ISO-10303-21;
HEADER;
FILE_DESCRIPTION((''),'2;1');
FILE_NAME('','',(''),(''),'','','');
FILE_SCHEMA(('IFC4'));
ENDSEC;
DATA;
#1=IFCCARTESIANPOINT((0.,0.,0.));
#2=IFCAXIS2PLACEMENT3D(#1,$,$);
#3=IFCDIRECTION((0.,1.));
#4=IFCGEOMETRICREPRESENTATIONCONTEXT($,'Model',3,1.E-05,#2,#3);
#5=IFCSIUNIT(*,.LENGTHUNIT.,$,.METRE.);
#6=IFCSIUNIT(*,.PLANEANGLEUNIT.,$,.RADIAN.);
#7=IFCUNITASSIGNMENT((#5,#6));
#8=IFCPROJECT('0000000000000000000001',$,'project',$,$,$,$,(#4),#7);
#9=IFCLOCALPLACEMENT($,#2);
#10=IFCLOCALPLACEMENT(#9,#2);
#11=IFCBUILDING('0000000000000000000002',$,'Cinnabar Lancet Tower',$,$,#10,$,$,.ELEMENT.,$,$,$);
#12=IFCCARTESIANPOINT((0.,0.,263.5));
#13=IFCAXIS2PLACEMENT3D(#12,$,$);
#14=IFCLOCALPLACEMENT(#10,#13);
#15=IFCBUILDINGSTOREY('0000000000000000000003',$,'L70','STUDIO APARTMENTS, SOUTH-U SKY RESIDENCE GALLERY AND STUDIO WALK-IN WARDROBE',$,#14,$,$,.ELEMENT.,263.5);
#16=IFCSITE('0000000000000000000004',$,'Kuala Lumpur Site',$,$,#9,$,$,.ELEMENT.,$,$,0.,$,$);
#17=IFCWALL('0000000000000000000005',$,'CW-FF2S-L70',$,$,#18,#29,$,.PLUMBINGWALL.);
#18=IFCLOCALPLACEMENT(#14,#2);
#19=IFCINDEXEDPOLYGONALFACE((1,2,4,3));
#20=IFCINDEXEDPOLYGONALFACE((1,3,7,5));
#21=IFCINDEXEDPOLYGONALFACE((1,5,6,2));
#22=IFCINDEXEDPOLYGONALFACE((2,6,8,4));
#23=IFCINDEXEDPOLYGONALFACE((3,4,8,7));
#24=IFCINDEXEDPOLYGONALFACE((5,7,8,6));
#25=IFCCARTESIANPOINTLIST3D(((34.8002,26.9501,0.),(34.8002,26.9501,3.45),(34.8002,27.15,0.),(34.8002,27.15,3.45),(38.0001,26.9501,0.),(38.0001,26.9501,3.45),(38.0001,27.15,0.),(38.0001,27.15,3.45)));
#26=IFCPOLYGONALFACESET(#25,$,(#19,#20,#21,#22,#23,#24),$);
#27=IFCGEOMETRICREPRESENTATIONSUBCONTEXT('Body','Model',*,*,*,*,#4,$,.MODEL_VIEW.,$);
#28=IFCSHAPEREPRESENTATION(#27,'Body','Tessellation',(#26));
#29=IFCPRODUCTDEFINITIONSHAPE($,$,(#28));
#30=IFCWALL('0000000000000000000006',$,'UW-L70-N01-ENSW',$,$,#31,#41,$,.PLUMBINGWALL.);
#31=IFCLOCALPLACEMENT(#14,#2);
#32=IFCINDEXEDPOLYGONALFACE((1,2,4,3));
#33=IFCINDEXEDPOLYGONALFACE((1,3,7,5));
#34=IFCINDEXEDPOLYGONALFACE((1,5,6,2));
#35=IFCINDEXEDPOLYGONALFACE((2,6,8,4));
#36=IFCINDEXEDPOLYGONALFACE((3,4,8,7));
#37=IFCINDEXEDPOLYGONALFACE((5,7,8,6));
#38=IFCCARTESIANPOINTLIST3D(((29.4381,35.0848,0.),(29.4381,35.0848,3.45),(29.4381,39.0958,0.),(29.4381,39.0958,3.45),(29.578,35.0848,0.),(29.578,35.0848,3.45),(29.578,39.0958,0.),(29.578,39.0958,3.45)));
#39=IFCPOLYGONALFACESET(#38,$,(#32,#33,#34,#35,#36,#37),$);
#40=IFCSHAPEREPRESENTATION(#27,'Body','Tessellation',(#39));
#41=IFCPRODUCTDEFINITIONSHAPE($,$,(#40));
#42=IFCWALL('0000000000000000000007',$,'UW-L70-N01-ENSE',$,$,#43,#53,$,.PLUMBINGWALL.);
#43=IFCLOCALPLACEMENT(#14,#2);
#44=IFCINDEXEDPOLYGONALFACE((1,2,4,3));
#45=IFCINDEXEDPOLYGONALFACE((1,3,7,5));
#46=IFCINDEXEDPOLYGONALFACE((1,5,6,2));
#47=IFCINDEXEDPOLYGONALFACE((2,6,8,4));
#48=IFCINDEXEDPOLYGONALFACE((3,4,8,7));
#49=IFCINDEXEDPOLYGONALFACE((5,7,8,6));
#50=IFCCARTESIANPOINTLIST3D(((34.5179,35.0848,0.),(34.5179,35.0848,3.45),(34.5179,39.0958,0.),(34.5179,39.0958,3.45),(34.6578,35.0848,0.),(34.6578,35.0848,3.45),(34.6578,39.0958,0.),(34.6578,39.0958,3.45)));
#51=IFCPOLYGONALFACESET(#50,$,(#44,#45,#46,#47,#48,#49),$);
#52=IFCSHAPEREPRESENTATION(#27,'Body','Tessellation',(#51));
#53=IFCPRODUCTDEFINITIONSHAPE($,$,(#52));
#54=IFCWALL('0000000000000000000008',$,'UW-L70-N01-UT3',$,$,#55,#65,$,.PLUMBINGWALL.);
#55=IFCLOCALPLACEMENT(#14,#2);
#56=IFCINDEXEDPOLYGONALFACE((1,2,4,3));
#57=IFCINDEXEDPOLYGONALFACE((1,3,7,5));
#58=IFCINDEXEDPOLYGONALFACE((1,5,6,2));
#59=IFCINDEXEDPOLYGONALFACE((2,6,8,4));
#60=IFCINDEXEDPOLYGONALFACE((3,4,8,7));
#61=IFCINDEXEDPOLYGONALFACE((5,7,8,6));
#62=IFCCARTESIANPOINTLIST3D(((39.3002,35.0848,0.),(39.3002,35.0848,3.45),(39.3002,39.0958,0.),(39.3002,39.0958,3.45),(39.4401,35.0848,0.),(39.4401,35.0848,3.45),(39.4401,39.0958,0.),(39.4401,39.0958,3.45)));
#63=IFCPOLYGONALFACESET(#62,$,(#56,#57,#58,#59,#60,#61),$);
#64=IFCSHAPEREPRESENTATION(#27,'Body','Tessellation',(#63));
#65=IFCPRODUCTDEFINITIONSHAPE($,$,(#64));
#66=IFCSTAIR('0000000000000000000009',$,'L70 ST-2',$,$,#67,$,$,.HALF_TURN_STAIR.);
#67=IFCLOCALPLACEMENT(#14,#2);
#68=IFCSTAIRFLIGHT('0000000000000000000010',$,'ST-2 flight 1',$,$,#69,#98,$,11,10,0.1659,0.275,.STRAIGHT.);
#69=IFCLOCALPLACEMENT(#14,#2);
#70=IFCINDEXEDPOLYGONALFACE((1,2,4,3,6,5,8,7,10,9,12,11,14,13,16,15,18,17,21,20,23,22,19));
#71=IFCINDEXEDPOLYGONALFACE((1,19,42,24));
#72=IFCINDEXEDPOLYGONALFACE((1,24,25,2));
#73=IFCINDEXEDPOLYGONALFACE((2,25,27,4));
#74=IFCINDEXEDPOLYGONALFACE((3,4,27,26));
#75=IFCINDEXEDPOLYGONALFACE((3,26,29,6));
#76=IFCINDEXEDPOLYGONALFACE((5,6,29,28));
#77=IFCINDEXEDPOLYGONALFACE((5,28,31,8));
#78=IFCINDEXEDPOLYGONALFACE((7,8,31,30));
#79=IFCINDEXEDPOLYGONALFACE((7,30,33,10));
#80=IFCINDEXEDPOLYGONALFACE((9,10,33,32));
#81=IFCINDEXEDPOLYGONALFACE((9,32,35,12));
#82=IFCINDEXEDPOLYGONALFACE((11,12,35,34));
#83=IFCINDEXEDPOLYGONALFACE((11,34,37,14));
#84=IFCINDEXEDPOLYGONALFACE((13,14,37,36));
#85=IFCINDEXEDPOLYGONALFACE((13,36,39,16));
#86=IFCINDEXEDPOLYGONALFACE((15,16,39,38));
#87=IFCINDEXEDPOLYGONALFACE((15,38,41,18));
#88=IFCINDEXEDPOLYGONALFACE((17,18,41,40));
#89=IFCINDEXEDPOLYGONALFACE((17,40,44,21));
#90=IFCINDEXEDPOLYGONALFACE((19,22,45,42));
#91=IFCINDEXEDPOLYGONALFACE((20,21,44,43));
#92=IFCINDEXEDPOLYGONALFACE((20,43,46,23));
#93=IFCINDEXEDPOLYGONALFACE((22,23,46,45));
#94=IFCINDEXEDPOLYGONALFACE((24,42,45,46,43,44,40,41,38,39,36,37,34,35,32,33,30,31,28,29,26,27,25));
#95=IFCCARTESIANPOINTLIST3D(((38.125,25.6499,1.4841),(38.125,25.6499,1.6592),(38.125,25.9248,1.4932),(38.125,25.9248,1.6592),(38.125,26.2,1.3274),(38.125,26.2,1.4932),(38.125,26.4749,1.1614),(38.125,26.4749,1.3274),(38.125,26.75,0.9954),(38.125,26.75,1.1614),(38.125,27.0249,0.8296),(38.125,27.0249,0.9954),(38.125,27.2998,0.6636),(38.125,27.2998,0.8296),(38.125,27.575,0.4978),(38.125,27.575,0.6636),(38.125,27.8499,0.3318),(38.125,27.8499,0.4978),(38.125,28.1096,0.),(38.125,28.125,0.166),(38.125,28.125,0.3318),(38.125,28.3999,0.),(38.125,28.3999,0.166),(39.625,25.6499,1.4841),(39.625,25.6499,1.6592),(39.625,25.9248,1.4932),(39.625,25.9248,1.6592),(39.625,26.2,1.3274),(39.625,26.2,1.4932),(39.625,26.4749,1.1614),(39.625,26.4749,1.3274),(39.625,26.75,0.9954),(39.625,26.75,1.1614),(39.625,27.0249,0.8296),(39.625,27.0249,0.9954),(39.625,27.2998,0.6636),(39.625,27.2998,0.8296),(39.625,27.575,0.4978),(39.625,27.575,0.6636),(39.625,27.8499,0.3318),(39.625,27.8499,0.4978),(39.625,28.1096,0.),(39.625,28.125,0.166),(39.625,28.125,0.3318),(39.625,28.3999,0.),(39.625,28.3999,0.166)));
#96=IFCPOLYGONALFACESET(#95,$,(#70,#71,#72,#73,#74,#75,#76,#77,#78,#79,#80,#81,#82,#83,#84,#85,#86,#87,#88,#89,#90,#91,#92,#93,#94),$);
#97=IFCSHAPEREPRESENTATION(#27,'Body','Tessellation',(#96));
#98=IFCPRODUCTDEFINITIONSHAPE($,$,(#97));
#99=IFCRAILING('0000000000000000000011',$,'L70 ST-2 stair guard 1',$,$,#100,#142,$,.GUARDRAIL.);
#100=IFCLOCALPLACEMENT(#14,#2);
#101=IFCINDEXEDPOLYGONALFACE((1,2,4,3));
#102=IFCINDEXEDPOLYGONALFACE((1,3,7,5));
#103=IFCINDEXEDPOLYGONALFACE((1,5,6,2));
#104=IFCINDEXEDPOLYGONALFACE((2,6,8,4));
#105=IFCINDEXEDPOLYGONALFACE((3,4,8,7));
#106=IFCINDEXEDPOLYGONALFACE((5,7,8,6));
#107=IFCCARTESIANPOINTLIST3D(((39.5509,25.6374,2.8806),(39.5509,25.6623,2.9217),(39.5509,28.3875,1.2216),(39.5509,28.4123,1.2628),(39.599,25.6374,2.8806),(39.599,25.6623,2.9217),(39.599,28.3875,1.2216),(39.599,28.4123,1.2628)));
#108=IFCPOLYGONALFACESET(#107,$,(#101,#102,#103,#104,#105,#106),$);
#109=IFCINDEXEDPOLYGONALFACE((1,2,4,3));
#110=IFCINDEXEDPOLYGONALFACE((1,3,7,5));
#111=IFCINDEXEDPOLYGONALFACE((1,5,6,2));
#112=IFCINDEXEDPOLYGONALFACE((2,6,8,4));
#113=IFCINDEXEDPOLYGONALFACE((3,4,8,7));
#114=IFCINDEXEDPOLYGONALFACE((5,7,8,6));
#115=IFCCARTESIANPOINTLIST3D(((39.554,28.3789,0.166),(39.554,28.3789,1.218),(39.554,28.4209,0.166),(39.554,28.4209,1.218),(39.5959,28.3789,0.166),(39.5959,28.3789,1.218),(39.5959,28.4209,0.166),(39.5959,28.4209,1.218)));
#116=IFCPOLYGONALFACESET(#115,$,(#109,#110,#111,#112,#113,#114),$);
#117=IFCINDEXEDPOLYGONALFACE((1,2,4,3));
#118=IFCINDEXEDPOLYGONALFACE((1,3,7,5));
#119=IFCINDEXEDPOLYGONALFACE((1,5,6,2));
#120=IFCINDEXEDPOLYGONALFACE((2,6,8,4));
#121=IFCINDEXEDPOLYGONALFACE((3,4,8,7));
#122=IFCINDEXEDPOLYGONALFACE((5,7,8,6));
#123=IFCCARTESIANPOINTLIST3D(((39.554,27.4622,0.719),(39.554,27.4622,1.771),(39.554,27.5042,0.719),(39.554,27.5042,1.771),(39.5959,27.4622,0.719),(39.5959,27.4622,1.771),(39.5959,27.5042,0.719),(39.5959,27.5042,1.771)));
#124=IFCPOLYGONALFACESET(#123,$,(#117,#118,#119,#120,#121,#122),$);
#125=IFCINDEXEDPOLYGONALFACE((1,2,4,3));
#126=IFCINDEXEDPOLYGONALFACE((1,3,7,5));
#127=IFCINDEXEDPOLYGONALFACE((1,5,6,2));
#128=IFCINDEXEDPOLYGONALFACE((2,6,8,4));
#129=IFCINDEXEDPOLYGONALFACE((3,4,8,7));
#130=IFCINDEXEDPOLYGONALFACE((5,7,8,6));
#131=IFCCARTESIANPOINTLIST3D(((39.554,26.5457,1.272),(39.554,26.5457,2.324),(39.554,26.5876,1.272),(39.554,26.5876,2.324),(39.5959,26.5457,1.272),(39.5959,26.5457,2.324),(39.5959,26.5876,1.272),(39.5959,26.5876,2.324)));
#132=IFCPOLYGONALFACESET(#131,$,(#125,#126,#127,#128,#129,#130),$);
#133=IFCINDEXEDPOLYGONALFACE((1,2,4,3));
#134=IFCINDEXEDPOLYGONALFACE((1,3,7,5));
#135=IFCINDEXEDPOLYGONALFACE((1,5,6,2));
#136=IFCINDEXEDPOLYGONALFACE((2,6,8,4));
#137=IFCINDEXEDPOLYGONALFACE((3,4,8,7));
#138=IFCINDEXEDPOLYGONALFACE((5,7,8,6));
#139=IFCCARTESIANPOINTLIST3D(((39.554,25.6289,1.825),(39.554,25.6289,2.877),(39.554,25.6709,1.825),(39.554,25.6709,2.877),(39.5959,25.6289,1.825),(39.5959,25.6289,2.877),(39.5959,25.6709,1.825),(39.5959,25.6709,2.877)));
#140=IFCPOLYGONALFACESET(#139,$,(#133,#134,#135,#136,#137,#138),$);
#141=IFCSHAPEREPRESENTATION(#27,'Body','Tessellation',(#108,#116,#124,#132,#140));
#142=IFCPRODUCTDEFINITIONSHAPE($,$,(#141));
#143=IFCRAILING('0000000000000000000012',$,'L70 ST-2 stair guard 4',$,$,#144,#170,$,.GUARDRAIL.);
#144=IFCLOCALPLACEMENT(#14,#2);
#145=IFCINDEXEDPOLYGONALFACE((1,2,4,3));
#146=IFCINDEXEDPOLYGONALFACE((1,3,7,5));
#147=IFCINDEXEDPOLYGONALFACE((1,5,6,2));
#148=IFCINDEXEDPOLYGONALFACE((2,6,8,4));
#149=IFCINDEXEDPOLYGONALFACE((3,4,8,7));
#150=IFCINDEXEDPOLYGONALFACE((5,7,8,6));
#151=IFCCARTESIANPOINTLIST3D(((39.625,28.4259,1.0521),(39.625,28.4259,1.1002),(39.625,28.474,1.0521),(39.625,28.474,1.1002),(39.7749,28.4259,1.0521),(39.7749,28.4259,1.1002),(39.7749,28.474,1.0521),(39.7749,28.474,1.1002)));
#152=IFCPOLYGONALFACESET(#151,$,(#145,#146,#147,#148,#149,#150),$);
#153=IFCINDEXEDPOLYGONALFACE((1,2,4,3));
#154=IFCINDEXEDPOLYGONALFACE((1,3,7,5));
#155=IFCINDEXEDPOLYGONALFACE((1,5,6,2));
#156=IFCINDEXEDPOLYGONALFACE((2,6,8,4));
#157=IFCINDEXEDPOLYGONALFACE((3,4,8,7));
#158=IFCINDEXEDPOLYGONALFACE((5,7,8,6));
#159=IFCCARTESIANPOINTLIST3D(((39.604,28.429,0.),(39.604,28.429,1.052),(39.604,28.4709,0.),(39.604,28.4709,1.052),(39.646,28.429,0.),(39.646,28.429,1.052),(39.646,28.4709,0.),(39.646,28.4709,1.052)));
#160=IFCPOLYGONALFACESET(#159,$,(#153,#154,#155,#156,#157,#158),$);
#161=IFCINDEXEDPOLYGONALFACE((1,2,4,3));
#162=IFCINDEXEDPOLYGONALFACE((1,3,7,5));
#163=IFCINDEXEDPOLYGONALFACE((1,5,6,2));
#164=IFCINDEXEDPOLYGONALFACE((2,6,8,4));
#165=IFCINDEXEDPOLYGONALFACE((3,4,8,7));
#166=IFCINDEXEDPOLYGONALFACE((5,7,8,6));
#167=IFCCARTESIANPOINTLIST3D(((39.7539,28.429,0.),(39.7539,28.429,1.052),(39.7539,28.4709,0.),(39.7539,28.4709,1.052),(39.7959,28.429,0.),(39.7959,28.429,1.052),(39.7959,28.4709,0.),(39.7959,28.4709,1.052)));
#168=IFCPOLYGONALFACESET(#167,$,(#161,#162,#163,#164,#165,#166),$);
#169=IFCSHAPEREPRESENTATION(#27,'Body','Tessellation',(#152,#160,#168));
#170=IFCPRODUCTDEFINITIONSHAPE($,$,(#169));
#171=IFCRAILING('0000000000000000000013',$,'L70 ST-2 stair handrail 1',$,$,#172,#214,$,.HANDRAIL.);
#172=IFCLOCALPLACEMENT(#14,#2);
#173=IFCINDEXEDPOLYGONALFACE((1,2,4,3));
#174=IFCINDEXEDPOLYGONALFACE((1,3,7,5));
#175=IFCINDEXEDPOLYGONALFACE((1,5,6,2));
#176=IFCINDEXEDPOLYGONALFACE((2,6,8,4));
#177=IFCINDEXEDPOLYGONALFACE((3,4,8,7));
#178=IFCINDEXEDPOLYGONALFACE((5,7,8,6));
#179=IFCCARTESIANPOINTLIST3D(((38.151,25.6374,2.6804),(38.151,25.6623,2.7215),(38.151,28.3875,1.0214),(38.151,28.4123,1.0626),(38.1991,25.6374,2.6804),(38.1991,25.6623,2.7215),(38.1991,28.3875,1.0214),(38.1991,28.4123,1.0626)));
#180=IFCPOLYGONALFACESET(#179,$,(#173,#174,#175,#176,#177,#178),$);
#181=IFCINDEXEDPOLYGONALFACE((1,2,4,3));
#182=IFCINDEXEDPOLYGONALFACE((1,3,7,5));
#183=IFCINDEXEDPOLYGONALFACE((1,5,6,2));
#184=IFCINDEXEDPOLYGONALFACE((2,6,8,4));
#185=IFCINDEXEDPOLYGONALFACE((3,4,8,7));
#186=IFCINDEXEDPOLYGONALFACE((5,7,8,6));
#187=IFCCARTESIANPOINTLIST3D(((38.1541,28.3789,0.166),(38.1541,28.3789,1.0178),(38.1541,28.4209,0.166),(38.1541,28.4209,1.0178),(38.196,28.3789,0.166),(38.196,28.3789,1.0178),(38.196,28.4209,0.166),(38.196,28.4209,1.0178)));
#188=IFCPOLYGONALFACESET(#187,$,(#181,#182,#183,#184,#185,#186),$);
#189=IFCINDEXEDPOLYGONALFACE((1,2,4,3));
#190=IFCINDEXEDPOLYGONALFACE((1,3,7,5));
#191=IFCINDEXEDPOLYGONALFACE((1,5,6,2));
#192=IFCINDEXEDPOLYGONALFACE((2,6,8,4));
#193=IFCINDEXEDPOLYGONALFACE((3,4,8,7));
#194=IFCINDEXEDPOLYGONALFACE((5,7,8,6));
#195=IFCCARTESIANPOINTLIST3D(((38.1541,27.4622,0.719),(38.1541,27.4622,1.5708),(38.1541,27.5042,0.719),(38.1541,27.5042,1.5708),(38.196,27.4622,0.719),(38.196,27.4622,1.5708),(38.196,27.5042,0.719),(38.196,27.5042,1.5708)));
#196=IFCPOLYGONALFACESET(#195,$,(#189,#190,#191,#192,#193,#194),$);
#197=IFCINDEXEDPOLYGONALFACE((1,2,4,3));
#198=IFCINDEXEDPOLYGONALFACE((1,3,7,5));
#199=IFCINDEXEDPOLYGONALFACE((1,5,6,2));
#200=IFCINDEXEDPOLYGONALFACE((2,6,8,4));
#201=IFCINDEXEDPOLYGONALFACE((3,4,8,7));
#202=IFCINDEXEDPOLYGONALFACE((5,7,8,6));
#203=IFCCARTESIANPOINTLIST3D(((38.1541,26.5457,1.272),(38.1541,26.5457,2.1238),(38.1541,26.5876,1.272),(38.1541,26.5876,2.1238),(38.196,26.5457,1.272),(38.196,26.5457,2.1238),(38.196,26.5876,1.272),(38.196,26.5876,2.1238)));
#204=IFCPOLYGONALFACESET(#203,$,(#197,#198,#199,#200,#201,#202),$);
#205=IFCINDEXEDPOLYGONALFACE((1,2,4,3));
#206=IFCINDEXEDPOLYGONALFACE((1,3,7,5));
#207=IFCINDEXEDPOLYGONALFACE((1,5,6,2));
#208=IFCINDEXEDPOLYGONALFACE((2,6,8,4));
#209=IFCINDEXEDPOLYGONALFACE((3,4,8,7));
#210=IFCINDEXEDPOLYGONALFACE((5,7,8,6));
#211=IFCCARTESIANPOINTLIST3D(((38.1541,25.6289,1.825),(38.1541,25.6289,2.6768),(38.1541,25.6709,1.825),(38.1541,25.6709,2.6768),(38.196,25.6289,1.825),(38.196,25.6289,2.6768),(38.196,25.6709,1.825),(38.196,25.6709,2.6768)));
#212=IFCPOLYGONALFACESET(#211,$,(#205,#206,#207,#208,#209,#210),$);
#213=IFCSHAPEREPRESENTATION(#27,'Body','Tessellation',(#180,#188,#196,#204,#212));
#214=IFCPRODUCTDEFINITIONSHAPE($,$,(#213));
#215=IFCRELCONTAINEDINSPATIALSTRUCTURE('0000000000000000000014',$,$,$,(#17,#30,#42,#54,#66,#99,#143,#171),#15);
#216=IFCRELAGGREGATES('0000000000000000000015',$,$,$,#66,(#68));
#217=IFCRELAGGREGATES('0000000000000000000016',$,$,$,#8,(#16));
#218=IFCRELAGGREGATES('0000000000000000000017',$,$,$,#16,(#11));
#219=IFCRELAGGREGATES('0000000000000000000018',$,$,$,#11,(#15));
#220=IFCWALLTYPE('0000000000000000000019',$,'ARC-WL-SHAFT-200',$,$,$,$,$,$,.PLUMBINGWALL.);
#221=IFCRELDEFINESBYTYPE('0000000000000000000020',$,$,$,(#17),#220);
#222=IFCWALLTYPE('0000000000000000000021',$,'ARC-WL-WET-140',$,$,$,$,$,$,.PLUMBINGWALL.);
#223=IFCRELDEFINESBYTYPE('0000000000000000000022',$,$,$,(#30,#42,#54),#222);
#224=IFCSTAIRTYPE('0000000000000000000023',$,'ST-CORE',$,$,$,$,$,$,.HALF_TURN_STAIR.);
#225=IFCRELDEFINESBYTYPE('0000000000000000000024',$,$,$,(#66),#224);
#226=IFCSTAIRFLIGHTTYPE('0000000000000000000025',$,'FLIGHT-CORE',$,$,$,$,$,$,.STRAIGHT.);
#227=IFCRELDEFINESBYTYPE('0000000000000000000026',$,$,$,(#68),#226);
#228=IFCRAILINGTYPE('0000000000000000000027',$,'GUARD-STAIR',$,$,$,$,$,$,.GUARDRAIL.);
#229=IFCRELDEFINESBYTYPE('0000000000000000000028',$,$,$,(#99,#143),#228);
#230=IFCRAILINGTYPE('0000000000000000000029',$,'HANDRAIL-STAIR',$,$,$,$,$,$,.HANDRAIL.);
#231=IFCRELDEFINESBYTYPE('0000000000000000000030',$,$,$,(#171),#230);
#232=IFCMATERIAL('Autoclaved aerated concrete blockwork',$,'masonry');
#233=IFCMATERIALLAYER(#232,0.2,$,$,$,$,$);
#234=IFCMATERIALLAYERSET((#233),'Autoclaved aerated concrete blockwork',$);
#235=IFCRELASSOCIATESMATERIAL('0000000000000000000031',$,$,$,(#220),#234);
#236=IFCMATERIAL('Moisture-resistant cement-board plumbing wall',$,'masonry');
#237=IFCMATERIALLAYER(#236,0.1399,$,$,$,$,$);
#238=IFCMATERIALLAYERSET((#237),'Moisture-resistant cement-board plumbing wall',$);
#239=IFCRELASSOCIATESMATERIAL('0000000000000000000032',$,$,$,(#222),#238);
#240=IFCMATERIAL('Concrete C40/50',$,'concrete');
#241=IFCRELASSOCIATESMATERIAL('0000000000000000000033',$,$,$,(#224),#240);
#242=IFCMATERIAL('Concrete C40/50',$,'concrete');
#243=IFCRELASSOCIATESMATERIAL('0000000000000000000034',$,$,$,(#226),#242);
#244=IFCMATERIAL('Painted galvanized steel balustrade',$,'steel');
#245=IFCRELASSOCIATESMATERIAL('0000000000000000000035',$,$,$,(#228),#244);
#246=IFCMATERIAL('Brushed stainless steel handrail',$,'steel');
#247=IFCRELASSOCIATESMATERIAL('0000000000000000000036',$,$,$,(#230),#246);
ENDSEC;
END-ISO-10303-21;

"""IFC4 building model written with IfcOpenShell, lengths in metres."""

from ifc_helpers import new_model, si_unit, direction, frame, frame_2d, origin, origin_2d, place, context, subcontext, project, spatial, polyline, rectangle, outline, extrude, material, layer, layer_set, type_object, element, aggregate, save


model = new_model("IFC4")

# Units and contexts
model_context = context("Model", 3, precision=1e-05, world=origin(), true_north=direction((0.0, 1.0)))
body_context = subcontext(model_context, "Body", "Model", "MODEL_VIEW")
ifc_project = project(units=[si_unit("LENGTHUNIT", "METRE"), si_unit("PLANEANGLEUNIT", "RADIAN")], contexts=[model_context])

# Site, building, storey
site_placement = place(None, origin())
site = spatial("IfcSite", under=ifc_project, at=site_placement, Name="Kuala Lumpur Site", CompositionType="ELEMENT", RefElevation=0.0)
building_placement = place(site_placement, origin())
building = spatial("IfcBuilding", under=site, at=building_placement, Name="Cinnabar Lancet Tower", CompositionType="ELEMENT")
storey_placement = place(building_placement, frame((0.0, 0.0, 263.5)))
storey = spatial("IfcBuildingStorey", under=building, at=storey_placement, Name="L70", Description="STUDIO APARTMENTS, SOUTH-U SKY RESIDENCE GALLERY AND STUDIO WALK-IN WARDROBE", CompositionType="ELEMENT", Elevation=263.5)

# Shared definitions
ifc_material_1 = material(Name="Autoclaved aerated concrete blockwork", Category="masonry")
ifc_layer_1 = layer(ifc_material_1, 0.2)
ifc_layer_set_1 = layer_set([ifc_layer_1], Name="Autoclaved aerated concrete blockwork")
wall_type_1 = type_object("IfcWallType", Name="ARC-WL-SHAFT-200", PredefinedType="PLUMBINGWALL", material=ifc_layer_set_1)

# Walls
wall_1_placement = place(storey_placement, frame((34.8, 27.05, 0.0), z_axis=(0.0, 0.0, 1.0), x_axis=(1.0, 0.0, 0.0)))
element("IfcWall", 1, at=wall_1_placement, inside=storey, type_object=wall_type_1, Name="CW-FF2S-L70", PredefinedType="PLUMBINGWALL", context=body_context, shape_type="SweptSolid", body=[
    extrude(rectangle(XDim=3.2, YDim=0.2, at=frame_2d((1.6001, 0.0))), origin(), (0.0, 0.0, 1.0), 3.45),
])
ifc_material_2 = material(Name="Moisture-resistant cement-board plumbing wall", Category="masonry")
ifc_layer_2 = layer(ifc_material_2, 0.1399)
ifc_layer_set_2 = layer_set([ifc_layer_2], Name="Moisture-resistant cement-board plumbing wall")
wall_type_2 = type_object("IfcWallType", Name="ARC-WL-WET-140", PredefinedType="PLUMBINGWALL", material=ifc_layer_set_2)
for number, where, z_axis, x_axis, name in (
    (2, (29.5081, 35.085, 0.0), (0.0, 0.0, 1.0), (0.0, 1.0, 0.0), "UW-L70-N01-ENSW"),
    (3, (34.5879, 35.085, 0.0), (0.0, 0.0, 1.0), (0.0, 1.0, 0.0), "UW-L70-N01-ENSE"),
    (4, (39.3701, 35.085, 0.0), (0.0, 0.0, 1.0), (0.0, 1.0, 0.0), "UW-L70-N01-UT3"),
):
    element("IfcWall", number, at=place(storey_placement, frame(where, z_axis=z_axis, x_axis=x_axis)), inside=storey, type_object=wall_type_2, Name=name, PredefinedType="PLUMBINGWALL", context=body_context, shape_type="SweptSolid", body=[
        extrude(rectangle(XDim=4.011, YDim=0.1399, at=frame_2d((2.0054, 0.0))), origin(), (0.0, 0.0, 1.0), 3.45),
    ])

# Stair, stair flight
ifc_material_3 = material(Name="Concrete C40/50", Category="concrete")
stair_type = type_object("IfcStairType", Name="ST-CORE", PredefinedType="HALF_TURN_STAIR", material=ifc_material_3)
stair_placement = place(storey_placement, origin())
stair = element("IfcStair", 5, at=stair_placement, inside=storey, type_object=stair_type, Name="L70 ST-2", PredefinedType="HALF_TURN_STAIR")
ifc_material_4 = material(Name="Concrete C40/50", Category="concrete")
stair_flight_type = type_object("IfcStairFlightType", Name="FLIGHT-CORE", PredefinedType="STRAIGHT", material=ifc_material_4)
stair_flight_placement = place(storey_placement, frame((38.875, 28.3999, 0.0), z_axis=(0.0, 0.0, 1.0), x_axis=(0.0, -1.0, 0.0)))
stair_flight = element("IfcStairFlight", 6, at=stair_flight_placement, type_object=stair_flight_type, Name="ST-2 flight 1", NumberOfRisers=11, NumberOfTreads=10, PredefinedType="STRAIGHT", RiserHeight=0.1659, TreadLength=0.275, context=body_context, shape_type="SweptSolid", body=[
    extrude(outline(polyline([(0.0, 0.0), (0.0, 0.166), (0.2749, 0.166), (0.2749, 0.3318), (0.55, 0.3318), (0.55, 0.4978), (0.825, 0.4978), (0.825, 0.6636), (1.1001, 0.6636), (1.1001, 0.8296), (1.375, 0.8296), (1.375, 0.9954), (1.6499, 0.9954), (1.6499, 1.1614), (1.925, 1.1614), (1.925, 1.3274), (2.2, 1.3274), (2.2, 1.4932), (2.4751, 1.4932), (2.4751, 1.6592), (2.75, 1.6592), (2.75, 1.825), (2.75, 1.4841), (0.2903, 0.0), (0.0, 0.0)])), frame((0.0, 0.75, 0.0), z_axis=(0.0, -1.0, 0.0), x_axis=(1.0, 0.0, 0.0)), (0.0, 0.0, 1.0), 1.5),
])
aggregate(stair, [stair_flight])

# Railings
ifc_material_5 = material(Name="Painted galvanized steel balustrade", Category="steel")
railing_type_1 = type_object("IfcRailingType", Name="GUARD-STAIR", PredefinedType="GUARDRAIL", material=ifc_material_5)
railing_1_placement = place(storey_placement, frame((39.575, 28.3999, 0.166)))
element("IfcRailing", 7, at=railing_1_placement, inside=storey, type_object=railing_type_1, Name="L70 ST-2 stair guard 1", PredefinedType="GUARDRAIL", context=body_context, shape_type="SweptSolid", body=[
    extrude(rectangle(XDim=0.0481, YDim=0.0481, at=origin_2d()), frame((0.0, 0.0, 1.0762), z_axis=(0.0, -0.856263, 0.51654), x_axis=(1.0, 0.0, 0.0)), (0.0, 0.0, 1.0), 3.2117),
    extrude(rectangle(XDim=0.042, YDim=0.042, at=origin_2d()), origin(), (0.0, 0.0, 1.0), 1.052),
    extrude(rectangle(XDim=0.042, YDim=0.042, at=origin_2d()), frame((0.0, -0.9167, 0.553)), (0.0, 0.0, 1.0), 1.052),
    extrude(rectangle(XDim=0.042, YDim=0.042, at=origin_2d()), frame((0.0, -1.8333, 1.106)), (0.0, 0.0, 1.0), 1.052),
    extrude(rectangle(XDim=0.042, YDim=0.042, at=origin_2d()), frame((0.0, -2.75, 1.6589)), (0.0, 0.0, 1.0), 1.052),
])
railing_2_placement = place(storey_placement, frame((39.625, 28.45, 0.0)))
element("IfcRailing", 8, at=railing_2_placement, inside=storey, type_object=railing_type_1, Name="L70 ST-2 stair guard 4", PredefinedType="GUARDRAIL", context=body_context, shape_type="SweptSolid", body=[
    extrude(rectangle(XDim=0.0481, YDim=0.0481, at=origin_2d()), frame((0.0, 0.0, 1.0762), z_axis=(1.0, 0.0, 0.0), x_axis=(0.0, 1.0, 0.0)), (0.0, 0.0, 1.0), 0.1499),
    extrude(rectangle(XDim=0.042, YDim=0.042, at=origin_2d()), origin(), (0.0, 0.0, 1.0), 1.052),
    extrude(rectangle(XDim=0.042, YDim=0.042, at=origin_2d()), frame((0.1499, 0.0, 0.0)), (0.0, 0.0, 1.0), 1.052),
])
ifc_material_6 = material(Name="Brushed stainless steel handrail", Category="steel")
railing_type_2 = type_object("IfcRailingType", Name="HANDRAIL-STAIR", PredefinedType="HANDRAIL", material=ifc_material_6)
railing_3_placement = place(storey_placement, frame((38.175, 28.3999, 0.166)))
element("IfcRailing", 9, at=railing_3_placement, inside=storey, type_object=railing_type_2, Name="L70 ST-2 stair handrail 1", PredefinedType="HANDRAIL", context=body_context, shape_type="SweptSolid", body=[
    extrude(rectangle(XDim=0.0481, YDim=0.0481, at=origin_2d()), frame((0.0, 0.0, 0.876), z_axis=(0.0, -0.856263, 0.51654), x_axis=(1.0, 0.0, 0.0)), (0.0, 0.0, 1.0), 3.2117),
    extrude(rectangle(XDim=0.042, YDim=0.042, at=origin_2d()), origin(), (0.0, 0.0, 1.0), 0.8518),
    extrude(rectangle(XDim=0.042, YDim=0.042, at=origin_2d()), frame((0.0, -0.9167, 0.553)), (0.0, 0.0, 1.0), 0.8518),
    extrude(rectangle(XDim=0.042, YDim=0.042, at=origin_2d()), frame((0.0, -1.8333, 1.106)), (0.0, 0.0, 1.0), 0.8518),
    extrude(rectangle(XDim=0.042, YDim=0.042, at=origin_2d()), frame((0.0, -2.75, 1.6589)), (0.0, 0.0, 1.0), 0.8518),
])

save(model, "model.ifc")
